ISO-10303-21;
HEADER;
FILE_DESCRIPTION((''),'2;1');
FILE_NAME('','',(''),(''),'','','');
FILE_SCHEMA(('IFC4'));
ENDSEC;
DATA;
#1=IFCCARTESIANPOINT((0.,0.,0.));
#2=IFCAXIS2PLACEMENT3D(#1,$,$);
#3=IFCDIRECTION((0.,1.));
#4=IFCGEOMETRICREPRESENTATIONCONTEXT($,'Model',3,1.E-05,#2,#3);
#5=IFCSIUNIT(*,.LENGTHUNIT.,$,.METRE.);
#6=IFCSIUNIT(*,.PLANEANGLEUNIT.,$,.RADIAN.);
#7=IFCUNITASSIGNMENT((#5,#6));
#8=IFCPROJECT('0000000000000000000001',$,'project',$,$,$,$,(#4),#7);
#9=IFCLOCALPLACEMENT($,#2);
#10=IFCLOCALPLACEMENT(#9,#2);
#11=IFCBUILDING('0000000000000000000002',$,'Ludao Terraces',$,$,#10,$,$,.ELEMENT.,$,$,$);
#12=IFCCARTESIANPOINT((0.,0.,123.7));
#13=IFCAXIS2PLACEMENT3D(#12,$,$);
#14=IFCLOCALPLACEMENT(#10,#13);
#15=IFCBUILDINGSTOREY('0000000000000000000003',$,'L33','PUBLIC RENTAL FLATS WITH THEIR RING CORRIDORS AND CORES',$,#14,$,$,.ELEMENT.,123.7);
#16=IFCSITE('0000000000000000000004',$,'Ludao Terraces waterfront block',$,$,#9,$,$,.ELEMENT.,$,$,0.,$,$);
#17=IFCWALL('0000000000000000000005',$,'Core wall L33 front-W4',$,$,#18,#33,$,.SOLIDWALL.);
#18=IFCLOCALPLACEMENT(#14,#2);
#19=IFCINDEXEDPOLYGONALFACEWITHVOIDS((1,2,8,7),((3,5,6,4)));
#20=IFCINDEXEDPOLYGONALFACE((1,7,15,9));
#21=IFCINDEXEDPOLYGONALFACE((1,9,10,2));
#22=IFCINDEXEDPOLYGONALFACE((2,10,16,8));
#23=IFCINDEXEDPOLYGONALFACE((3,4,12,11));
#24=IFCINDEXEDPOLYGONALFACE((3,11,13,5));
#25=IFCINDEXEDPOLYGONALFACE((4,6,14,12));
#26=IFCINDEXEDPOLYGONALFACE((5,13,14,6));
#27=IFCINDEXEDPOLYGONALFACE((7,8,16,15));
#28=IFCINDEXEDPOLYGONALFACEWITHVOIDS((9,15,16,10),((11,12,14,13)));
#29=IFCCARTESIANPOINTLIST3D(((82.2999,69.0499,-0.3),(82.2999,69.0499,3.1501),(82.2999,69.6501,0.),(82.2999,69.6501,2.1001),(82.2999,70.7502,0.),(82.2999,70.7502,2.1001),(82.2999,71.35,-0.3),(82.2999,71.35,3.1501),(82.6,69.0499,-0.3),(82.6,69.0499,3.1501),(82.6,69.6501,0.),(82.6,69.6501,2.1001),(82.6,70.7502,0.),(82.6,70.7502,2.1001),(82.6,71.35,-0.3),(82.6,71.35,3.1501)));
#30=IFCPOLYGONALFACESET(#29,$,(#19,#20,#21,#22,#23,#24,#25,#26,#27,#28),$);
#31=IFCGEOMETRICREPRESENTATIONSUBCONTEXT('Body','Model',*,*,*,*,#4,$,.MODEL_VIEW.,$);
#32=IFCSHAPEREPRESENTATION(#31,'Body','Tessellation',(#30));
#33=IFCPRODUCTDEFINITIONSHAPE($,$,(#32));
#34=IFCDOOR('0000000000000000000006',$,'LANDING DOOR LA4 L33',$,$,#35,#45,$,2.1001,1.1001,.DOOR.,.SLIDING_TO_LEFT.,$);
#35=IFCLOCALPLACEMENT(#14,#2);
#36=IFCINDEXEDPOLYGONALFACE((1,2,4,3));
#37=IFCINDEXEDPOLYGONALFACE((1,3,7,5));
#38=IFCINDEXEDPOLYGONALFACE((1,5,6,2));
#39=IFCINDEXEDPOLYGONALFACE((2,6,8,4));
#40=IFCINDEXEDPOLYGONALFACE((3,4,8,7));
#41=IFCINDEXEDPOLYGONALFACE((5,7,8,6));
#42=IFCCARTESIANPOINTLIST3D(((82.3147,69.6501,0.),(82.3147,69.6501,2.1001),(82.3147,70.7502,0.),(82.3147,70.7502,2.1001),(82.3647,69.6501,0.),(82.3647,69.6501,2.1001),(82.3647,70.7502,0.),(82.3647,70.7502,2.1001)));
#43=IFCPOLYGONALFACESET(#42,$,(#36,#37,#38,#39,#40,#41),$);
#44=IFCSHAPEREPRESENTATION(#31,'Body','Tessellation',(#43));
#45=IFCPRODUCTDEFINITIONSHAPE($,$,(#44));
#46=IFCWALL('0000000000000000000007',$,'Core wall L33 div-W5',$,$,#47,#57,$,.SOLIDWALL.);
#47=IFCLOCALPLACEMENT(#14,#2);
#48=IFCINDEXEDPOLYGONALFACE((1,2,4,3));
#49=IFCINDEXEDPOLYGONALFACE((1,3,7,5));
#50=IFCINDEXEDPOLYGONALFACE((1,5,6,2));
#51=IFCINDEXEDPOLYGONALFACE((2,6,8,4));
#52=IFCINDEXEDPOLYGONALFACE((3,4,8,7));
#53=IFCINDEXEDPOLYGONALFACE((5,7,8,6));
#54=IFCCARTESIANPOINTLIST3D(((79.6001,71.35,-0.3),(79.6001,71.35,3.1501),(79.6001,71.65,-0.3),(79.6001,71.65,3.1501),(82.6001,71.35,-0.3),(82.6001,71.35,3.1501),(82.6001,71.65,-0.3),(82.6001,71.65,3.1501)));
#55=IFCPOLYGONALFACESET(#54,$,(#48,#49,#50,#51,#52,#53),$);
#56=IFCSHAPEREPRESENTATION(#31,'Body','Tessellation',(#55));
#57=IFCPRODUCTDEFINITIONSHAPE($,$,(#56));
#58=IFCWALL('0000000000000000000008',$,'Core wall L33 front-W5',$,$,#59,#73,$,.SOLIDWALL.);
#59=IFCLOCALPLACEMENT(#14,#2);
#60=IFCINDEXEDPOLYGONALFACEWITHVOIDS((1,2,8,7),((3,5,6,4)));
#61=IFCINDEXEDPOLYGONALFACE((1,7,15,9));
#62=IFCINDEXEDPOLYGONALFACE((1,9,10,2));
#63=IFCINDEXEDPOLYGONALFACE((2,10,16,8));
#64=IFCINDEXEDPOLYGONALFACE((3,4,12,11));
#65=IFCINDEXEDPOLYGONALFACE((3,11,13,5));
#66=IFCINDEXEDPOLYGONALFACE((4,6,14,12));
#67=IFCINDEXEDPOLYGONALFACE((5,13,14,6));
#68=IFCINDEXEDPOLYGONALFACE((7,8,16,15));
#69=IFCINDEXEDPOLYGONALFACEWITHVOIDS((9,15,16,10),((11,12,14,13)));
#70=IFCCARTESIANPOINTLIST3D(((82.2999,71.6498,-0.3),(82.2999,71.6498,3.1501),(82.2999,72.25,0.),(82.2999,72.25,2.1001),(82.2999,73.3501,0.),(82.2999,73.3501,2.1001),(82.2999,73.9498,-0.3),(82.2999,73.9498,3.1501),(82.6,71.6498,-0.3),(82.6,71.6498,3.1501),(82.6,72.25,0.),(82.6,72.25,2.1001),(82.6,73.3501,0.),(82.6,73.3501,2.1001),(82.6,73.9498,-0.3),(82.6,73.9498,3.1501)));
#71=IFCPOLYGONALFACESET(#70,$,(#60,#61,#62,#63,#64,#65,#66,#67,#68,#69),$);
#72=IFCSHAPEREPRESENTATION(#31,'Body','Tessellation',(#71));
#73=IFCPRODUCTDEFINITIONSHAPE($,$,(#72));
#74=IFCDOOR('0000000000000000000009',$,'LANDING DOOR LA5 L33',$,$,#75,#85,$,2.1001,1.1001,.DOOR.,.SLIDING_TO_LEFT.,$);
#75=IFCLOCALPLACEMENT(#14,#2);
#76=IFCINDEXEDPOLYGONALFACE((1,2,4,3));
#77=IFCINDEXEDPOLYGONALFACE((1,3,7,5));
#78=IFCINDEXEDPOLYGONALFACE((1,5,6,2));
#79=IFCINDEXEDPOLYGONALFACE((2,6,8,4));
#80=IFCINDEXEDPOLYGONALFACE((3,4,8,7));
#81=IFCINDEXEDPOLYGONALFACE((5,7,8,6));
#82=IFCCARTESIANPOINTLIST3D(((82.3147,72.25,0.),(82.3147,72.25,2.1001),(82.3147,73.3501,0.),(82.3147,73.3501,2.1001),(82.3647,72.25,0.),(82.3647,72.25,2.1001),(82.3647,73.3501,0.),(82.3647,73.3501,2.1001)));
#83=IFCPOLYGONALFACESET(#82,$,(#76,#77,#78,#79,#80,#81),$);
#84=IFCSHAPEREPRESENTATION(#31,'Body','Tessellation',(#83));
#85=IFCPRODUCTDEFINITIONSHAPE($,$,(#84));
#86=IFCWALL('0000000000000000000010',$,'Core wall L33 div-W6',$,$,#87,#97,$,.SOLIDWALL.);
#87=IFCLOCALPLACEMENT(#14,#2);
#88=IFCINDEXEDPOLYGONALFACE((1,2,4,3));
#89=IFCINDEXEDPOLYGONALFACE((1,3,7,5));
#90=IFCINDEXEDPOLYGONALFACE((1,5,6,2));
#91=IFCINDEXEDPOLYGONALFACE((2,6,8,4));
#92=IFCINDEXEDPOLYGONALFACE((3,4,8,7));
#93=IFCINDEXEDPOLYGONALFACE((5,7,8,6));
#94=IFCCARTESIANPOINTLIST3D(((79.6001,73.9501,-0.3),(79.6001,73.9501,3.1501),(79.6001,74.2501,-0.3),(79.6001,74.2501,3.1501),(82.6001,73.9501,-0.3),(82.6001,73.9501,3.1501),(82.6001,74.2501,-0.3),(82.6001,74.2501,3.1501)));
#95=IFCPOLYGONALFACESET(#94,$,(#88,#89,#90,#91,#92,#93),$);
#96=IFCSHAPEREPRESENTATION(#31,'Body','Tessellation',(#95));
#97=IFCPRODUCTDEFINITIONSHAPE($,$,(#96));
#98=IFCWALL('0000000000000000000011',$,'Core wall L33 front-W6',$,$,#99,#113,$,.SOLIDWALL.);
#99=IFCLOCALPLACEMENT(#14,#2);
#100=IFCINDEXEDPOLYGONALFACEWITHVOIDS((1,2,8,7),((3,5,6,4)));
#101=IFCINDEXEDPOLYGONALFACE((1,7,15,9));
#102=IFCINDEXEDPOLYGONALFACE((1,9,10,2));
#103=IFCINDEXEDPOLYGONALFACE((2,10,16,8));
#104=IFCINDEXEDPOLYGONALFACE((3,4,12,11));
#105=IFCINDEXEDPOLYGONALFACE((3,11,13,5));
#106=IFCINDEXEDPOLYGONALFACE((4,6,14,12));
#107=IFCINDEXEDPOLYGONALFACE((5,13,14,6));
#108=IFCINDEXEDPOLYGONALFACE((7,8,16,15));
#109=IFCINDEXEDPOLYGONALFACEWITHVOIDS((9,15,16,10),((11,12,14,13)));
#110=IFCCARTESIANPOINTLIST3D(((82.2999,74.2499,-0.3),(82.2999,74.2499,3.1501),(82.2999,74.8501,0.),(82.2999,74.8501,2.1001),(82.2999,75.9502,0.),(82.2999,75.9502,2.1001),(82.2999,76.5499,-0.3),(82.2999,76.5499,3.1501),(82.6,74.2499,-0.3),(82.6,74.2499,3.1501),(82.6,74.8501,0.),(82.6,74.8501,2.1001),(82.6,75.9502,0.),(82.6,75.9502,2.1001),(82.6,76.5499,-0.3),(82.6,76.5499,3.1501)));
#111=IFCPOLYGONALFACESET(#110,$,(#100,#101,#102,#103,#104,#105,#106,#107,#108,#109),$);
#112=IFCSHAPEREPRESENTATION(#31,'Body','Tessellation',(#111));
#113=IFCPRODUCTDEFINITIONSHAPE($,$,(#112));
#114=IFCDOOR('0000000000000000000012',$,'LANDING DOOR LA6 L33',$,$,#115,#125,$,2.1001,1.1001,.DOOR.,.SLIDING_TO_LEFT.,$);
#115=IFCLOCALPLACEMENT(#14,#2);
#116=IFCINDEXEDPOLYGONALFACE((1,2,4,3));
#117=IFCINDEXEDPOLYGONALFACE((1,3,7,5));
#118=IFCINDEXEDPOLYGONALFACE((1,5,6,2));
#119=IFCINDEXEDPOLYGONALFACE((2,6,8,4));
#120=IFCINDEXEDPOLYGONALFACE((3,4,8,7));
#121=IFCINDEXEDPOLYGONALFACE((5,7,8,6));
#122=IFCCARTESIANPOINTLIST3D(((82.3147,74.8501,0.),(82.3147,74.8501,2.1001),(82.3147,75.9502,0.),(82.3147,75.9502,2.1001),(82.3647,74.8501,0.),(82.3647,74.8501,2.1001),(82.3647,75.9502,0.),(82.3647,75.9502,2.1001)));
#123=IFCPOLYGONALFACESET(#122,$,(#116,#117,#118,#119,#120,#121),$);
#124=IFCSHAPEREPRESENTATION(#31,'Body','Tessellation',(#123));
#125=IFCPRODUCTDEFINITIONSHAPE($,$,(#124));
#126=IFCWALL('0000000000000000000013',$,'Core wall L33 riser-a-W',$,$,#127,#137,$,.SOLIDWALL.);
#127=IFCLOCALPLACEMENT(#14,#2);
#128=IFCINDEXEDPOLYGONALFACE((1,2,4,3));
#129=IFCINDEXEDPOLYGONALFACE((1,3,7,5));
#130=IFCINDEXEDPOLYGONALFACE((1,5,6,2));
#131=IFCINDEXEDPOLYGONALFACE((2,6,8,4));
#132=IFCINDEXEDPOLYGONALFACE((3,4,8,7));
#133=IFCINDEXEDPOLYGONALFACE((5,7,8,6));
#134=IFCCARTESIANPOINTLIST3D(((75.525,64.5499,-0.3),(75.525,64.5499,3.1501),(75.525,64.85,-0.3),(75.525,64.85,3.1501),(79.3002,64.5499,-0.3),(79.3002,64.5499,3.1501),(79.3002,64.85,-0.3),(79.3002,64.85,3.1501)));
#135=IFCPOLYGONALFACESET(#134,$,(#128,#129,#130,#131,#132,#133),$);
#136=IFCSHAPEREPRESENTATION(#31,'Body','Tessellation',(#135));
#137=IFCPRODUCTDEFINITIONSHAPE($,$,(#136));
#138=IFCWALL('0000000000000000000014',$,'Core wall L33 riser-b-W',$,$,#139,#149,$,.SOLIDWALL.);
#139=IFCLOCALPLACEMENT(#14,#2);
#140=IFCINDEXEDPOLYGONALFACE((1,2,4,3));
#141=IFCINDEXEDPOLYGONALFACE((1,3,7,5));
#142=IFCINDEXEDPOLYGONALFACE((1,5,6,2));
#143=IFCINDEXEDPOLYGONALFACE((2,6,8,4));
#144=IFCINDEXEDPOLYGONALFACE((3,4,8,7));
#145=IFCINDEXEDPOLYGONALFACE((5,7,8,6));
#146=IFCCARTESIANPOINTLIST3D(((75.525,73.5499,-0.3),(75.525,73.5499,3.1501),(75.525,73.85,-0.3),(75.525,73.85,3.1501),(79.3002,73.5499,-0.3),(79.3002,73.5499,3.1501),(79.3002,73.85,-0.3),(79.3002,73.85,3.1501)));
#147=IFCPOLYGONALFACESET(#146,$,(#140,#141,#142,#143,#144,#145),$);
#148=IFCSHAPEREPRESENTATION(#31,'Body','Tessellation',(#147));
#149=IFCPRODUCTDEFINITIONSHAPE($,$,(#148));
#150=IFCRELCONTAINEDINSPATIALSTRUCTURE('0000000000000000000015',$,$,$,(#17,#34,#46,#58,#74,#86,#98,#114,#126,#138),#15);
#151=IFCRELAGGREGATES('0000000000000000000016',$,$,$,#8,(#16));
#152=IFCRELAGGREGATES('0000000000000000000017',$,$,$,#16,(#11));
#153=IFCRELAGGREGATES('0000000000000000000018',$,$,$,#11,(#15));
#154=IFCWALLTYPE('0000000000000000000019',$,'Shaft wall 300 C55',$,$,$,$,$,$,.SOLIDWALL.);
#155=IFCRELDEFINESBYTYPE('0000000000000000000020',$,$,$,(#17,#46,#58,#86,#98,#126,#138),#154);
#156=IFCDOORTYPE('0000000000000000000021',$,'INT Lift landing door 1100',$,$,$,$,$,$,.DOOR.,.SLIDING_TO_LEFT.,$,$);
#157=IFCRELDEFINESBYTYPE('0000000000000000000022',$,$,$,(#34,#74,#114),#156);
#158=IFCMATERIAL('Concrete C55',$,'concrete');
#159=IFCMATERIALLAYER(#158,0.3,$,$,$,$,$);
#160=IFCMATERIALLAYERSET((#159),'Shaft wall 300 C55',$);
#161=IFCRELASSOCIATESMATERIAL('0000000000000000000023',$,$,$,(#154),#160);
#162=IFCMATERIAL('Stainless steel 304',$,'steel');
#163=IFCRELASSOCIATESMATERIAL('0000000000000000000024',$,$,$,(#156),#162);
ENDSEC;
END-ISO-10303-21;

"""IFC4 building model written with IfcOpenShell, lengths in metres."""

from ifc_helpers import new_model, si_unit, direction, frame, frame_2d, origin, place, context, subcontext, project, spatial, rectangle, extrude, material, layer, layer_set, type_object, element, fill, save


model = new_model("IFC4")

# Units and contexts
model_context = context("Model", 3, precision=1e-05, world=origin(), true_north=direction((0.0, 1.0)))
body_context = subcontext(model_context, "Body", "Model", "MODEL_VIEW")
ifc_project = project(units=[si_unit("LENGTHUNIT", "METRE"), si_unit("PLANEANGLEUNIT", "RADIAN")], contexts=[model_context])

# Site, building, storey
site_placement = place(None, origin())
site = spatial("IfcSite", under=ifc_project, at=site_placement, Name="Ludao Terraces waterfront block", CompositionType="ELEMENT", RefElevation=0.0)
building_placement = place(site_placement, origin())
building = spatial("IfcBuilding", under=site, at=building_placement, Name="Ludao Terraces", CompositionType="ELEMENT")
storey_placement = place(building_placement, frame((0.0, 0.0, 123.7)))
storey = spatial("IfcBuildingStorey", under=building, at=storey_placement, Name="L33", Description="PUBLIC RENTAL FLATS WITH THEIR RING CORRIDORS AND CORES", CompositionType="ELEMENT", Elevation=123.7)

# Shared definitions
ifc_material_1 = material(Name="Concrete C55", Category="concrete")
ifc_layer_1 = layer(ifc_material_1, 0.3)
ifc_layer_set_1 = layer_set([ifc_layer_1], Name="Shaft wall 300 C55")
wall_type_1 = type_object("IfcWallType", Name="Shaft wall 300 C55", PredefinedType="SOLIDWALL", material=ifc_layer_set_1)

# Shared definitions
ifc_material_2 = material(Name="Stainless steel 304", Category="steel")
door_type_1 = type_object("IfcDoorType", Name="INT Lift landing door 1100", OperationType="SLIDING_TO_LEFT", PredefinedType="DOOR", material=ifc_material_2)

# Wall, opening, door
wall_1_placement = place(storey_placement, frame((82.45, 69.05, -0.3), z_axis=(0.0, 0.0, 1.0), x_axis=(0.0, 1.0, 0.0)))
wall_1 = element("IfcWall", 1, at=wall_1_placement, inside=storey, type_object=wall_type_1, Name="Core wall L33 front-W4", PredefinedType="SOLIDWALL", context=body_context, shape_type="SweptSolid", body=[
    extrude(rectangle(XDim=2.3, YDim=0.3, at=frame_2d((1.1499, 0.0))), origin(), (0.0, 0.0, 1.0), 3.4502),
])
opening_1_placement = place(wall_1_placement, frame((0.6001, 0.0, 0.3)))
opening_1 = element("IfcOpeningElement", 2, at=opening_1_placement, cuts=wall_1, PredefinedType="OPENING", context=body_context, shape_type="SweptSolid", body=[
    extrude(rectangle(XDim=1.1001, YDim=2.1001, at=frame_2d((0.55, 1.05))), frame((0.0, 0.1602, 0.0), z_axis=(0.0, -1.0, 0.0), x_axis=(1.0, 0.0, 0.0)), (0.0, 0.0, 1.0), 0.3201),
])
door_1_placement = place(opening_1_placement, origin())
door_1 = element("IfcDoor", 3, at=door_1_placement, inside=storey, type_object=door_type_1, Name="LANDING DOOR LA4 L33", OperationType="SLIDING_TO_LEFT", OverallHeight=2.1001, OverallWidth=1.1001, PredefinedType="DOOR", context=body_context, shape_type="SweptSolid", body=[
    extrude(rectangle(XDim=1.1001, YDim=2.1001, at=frame_2d((0.55, 1.05))), frame((0.0, 0.1353, 0.0), z_axis=(0.0, -1.0, 0.0), x_axis=(1.0, 0.0, 0.0)), (0.0, 0.0, 1.0), 0.05),
])
fill(opening_1, door_1)

# Wall
wall_2_placement = place(storey_placement, frame((79.6001, 71.5, -0.3), z_axis=(0.0, 0.0, 1.0), x_axis=(1.0, 0.0, 0.0)))
element("IfcWall", 4, at=wall_2_placement, inside=storey, type_object=wall_type_1, Name="Core wall L33 div-W5", PredefinedType="SOLIDWALL", context=body_context, shape_type="SweptSolid", body=[
    extrude(rectangle(XDim=3.0, YDim=0.3, at=frame_2d((1.5, 0.0))), origin(), (0.0, 0.0, 1.0), 3.4502),
])

# Wall, opening, door
wall_3_placement = place(storey_placement, frame((82.45, 71.6499, -0.3), z_axis=(0.0, 0.0, 1.0), x_axis=(0.0, 1.0, 0.0)))
wall_3 = element("IfcWall", 5, at=wall_3_placement, inside=storey, type_object=wall_type_1, Name="Core wall L33 front-W5", PredefinedType="SOLIDWALL", context=body_context, shape_type="SweptSolid", body=[
    extrude(rectangle(XDim=2.3, YDim=0.3, at=frame_2d((1.1499, 0.0))), origin(), (0.0, 0.0, 1.0), 3.4502),
])
opening_2_placement = place(wall_3_placement, frame((0.6001, 0.0, 0.3)))
opening_2 = element("IfcOpeningElement", 6, at=opening_2_placement, cuts=wall_3, PredefinedType="OPENING", context=body_context, shape_type="SweptSolid", body=[
    extrude(rectangle(XDim=1.1001, YDim=2.1001, at=frame_2d((0.55, 1.05))), frame((0.0, 0.1602, 0.0), z_axis=(0.0, -1.0, 0.0), x_axis=(1.0, 0.0, 0.0)), (0.0, 0.0, 1.0), 0.3201),
])
door_2_placement = place(opening_2_placement, origin())
door_2 = element("IfcDoor", 7, at=door_2_placement, inside=storey, type_object=door_type_1, Name="LANDING DOOR LA5 L33", OperationType="SLIDING_TO_LEFT", OverallHeight=2.1001, OverallWidth=1.1001, PredefinedType="DOOR", context=body_context, shape_type="SweptSolid", body=[
    extrude(rectangle(XDim=1.1001, YDim=2.1001, at=frame_2d((0.55, 1.05))), frame((0.0, 0.1353, 0.0), z_axis=(0.0, -1.0, 0.0), x_axis=(1.0, 0.0, 0.0)), (0.0, 0.0, 1.0), 0.05),
])
fill(opening_2, door_2)

# Wall
wall_4_placement = place(storey_placement, frame((79.6001, 74.1001, -0.3), z_axis=(0.0, 0.0, 1.0), x_axis=(1.0, 0.0, 0.0)))
element("IfcWall", 8, at=wall_4_placement, inside=storey, type_object=wall_type_1, Name="Core wall L33 div-W6", PredefinedType="SOLIDWALL", context=body_context, shape_type="SweptSolid", body=[
    extrude(rectangle(XDim=3.0, YDim=0.3, at=frame_2d((1.5, 0.0))), origin(), (0.0, 0.0, 1.0), 3.4502),
])

# Wall, opening, door
wall_5_placement = place(storey_placement, frame((82.45, 74.25, -0.3), z_axis=(0.0, 0.0, 1.0), x_axis=(0.0, 1.0, 0.0)))
wall_5 = element("IfcWall", 9, at=wall_5_placement, inside=storey, type_object=wall_type_1, Name="Core wall L33 front-W6", PredefinedType="SOLIDWALL", context=body_context, shape_type="SweptSolid", body=[
    extrude(rectangle(XDim=2.3, YDim=0.3, at=frame_2d((1.1499, 0.0))), origin(), (0.0, 0.0, 1.0), 3.4502),
])
opening_3_placement = place(wall_5_placement, frame((0.6001, 0.0, 0.3)))
opening_3 = element("IfcOpeningElement", 10, at=opening_3_placement, cuts=wall_5, PredefinedType="OPENING", context=body_context, shape_type="SweptSolid", body=[
    extrude(rectangle(XDim=1.1001, YDim=2.1001, at=frame_2d((0.55, 1.05))), frame((0.0, 0.1602, 0.0), z_axis=(0.0, -1.0, 0.0), x_axis=(1.0, 0.0, 0.0)), (0.0, 0.0, 1.0), 0.3201),
])
door_3_placement = place(opening_3_placement, origin())
door_3 = element("IfcDoor", 11, at=door_3_placement, inside=storey, type_object=door_type_1, Name="LANDING DOOR LA6 L33", OperationType="SLIDING_TO_LEFT", OverallHeight=2.1001, OverallWidth=1.1001, PredefinedType="DOOR", context=body_context, shape_type="SweptSolid", body=[
    extrude(rectangle(XDim=1.1001, YDim=2.1001, at=frame_2d((0.55, 1.05))), frame((0.0, 0.1353, 0.0), z_axis=(0.0, -1.0, 0.0), x_axis=(1.0, 0.0, 0.0)), (0.0, 0.0, 1.0), 0.05),
])
fill(opening_3, door_3)

# Walls
for number, where, z_axis, x_axis, name in (
    (12, (75.5249, 64.7, -0.3), (0.0, 0.0, 1.0), (1.0, 0.0, 0.0), "Core wall L33 riser-a-W"),
    (13, (75.5249, 73.7, -0.3), (0.0, 0.0, 1.0), (1.0, 0.0, 0.0), "Core wall L33 riser-b-W"),
):
    element("IfcWall", number, at=place(storey_placement, frame(where, z_axis=z_axis, x_axis=x_axis)), inside=storey, type_object=wall_type_1, Name=name, PredefinedType="SOLIDWALL", context=body_context, shape_type="SweptSolid", body=[
        extrude(rectangle(XDim=3.7751, YDim=0.3, at=frame_2d((1.8877, 0.0))), origin(), (0.0, 0.0, 1.0), 3.4502),
    ])

save(model, "model.ifc")
